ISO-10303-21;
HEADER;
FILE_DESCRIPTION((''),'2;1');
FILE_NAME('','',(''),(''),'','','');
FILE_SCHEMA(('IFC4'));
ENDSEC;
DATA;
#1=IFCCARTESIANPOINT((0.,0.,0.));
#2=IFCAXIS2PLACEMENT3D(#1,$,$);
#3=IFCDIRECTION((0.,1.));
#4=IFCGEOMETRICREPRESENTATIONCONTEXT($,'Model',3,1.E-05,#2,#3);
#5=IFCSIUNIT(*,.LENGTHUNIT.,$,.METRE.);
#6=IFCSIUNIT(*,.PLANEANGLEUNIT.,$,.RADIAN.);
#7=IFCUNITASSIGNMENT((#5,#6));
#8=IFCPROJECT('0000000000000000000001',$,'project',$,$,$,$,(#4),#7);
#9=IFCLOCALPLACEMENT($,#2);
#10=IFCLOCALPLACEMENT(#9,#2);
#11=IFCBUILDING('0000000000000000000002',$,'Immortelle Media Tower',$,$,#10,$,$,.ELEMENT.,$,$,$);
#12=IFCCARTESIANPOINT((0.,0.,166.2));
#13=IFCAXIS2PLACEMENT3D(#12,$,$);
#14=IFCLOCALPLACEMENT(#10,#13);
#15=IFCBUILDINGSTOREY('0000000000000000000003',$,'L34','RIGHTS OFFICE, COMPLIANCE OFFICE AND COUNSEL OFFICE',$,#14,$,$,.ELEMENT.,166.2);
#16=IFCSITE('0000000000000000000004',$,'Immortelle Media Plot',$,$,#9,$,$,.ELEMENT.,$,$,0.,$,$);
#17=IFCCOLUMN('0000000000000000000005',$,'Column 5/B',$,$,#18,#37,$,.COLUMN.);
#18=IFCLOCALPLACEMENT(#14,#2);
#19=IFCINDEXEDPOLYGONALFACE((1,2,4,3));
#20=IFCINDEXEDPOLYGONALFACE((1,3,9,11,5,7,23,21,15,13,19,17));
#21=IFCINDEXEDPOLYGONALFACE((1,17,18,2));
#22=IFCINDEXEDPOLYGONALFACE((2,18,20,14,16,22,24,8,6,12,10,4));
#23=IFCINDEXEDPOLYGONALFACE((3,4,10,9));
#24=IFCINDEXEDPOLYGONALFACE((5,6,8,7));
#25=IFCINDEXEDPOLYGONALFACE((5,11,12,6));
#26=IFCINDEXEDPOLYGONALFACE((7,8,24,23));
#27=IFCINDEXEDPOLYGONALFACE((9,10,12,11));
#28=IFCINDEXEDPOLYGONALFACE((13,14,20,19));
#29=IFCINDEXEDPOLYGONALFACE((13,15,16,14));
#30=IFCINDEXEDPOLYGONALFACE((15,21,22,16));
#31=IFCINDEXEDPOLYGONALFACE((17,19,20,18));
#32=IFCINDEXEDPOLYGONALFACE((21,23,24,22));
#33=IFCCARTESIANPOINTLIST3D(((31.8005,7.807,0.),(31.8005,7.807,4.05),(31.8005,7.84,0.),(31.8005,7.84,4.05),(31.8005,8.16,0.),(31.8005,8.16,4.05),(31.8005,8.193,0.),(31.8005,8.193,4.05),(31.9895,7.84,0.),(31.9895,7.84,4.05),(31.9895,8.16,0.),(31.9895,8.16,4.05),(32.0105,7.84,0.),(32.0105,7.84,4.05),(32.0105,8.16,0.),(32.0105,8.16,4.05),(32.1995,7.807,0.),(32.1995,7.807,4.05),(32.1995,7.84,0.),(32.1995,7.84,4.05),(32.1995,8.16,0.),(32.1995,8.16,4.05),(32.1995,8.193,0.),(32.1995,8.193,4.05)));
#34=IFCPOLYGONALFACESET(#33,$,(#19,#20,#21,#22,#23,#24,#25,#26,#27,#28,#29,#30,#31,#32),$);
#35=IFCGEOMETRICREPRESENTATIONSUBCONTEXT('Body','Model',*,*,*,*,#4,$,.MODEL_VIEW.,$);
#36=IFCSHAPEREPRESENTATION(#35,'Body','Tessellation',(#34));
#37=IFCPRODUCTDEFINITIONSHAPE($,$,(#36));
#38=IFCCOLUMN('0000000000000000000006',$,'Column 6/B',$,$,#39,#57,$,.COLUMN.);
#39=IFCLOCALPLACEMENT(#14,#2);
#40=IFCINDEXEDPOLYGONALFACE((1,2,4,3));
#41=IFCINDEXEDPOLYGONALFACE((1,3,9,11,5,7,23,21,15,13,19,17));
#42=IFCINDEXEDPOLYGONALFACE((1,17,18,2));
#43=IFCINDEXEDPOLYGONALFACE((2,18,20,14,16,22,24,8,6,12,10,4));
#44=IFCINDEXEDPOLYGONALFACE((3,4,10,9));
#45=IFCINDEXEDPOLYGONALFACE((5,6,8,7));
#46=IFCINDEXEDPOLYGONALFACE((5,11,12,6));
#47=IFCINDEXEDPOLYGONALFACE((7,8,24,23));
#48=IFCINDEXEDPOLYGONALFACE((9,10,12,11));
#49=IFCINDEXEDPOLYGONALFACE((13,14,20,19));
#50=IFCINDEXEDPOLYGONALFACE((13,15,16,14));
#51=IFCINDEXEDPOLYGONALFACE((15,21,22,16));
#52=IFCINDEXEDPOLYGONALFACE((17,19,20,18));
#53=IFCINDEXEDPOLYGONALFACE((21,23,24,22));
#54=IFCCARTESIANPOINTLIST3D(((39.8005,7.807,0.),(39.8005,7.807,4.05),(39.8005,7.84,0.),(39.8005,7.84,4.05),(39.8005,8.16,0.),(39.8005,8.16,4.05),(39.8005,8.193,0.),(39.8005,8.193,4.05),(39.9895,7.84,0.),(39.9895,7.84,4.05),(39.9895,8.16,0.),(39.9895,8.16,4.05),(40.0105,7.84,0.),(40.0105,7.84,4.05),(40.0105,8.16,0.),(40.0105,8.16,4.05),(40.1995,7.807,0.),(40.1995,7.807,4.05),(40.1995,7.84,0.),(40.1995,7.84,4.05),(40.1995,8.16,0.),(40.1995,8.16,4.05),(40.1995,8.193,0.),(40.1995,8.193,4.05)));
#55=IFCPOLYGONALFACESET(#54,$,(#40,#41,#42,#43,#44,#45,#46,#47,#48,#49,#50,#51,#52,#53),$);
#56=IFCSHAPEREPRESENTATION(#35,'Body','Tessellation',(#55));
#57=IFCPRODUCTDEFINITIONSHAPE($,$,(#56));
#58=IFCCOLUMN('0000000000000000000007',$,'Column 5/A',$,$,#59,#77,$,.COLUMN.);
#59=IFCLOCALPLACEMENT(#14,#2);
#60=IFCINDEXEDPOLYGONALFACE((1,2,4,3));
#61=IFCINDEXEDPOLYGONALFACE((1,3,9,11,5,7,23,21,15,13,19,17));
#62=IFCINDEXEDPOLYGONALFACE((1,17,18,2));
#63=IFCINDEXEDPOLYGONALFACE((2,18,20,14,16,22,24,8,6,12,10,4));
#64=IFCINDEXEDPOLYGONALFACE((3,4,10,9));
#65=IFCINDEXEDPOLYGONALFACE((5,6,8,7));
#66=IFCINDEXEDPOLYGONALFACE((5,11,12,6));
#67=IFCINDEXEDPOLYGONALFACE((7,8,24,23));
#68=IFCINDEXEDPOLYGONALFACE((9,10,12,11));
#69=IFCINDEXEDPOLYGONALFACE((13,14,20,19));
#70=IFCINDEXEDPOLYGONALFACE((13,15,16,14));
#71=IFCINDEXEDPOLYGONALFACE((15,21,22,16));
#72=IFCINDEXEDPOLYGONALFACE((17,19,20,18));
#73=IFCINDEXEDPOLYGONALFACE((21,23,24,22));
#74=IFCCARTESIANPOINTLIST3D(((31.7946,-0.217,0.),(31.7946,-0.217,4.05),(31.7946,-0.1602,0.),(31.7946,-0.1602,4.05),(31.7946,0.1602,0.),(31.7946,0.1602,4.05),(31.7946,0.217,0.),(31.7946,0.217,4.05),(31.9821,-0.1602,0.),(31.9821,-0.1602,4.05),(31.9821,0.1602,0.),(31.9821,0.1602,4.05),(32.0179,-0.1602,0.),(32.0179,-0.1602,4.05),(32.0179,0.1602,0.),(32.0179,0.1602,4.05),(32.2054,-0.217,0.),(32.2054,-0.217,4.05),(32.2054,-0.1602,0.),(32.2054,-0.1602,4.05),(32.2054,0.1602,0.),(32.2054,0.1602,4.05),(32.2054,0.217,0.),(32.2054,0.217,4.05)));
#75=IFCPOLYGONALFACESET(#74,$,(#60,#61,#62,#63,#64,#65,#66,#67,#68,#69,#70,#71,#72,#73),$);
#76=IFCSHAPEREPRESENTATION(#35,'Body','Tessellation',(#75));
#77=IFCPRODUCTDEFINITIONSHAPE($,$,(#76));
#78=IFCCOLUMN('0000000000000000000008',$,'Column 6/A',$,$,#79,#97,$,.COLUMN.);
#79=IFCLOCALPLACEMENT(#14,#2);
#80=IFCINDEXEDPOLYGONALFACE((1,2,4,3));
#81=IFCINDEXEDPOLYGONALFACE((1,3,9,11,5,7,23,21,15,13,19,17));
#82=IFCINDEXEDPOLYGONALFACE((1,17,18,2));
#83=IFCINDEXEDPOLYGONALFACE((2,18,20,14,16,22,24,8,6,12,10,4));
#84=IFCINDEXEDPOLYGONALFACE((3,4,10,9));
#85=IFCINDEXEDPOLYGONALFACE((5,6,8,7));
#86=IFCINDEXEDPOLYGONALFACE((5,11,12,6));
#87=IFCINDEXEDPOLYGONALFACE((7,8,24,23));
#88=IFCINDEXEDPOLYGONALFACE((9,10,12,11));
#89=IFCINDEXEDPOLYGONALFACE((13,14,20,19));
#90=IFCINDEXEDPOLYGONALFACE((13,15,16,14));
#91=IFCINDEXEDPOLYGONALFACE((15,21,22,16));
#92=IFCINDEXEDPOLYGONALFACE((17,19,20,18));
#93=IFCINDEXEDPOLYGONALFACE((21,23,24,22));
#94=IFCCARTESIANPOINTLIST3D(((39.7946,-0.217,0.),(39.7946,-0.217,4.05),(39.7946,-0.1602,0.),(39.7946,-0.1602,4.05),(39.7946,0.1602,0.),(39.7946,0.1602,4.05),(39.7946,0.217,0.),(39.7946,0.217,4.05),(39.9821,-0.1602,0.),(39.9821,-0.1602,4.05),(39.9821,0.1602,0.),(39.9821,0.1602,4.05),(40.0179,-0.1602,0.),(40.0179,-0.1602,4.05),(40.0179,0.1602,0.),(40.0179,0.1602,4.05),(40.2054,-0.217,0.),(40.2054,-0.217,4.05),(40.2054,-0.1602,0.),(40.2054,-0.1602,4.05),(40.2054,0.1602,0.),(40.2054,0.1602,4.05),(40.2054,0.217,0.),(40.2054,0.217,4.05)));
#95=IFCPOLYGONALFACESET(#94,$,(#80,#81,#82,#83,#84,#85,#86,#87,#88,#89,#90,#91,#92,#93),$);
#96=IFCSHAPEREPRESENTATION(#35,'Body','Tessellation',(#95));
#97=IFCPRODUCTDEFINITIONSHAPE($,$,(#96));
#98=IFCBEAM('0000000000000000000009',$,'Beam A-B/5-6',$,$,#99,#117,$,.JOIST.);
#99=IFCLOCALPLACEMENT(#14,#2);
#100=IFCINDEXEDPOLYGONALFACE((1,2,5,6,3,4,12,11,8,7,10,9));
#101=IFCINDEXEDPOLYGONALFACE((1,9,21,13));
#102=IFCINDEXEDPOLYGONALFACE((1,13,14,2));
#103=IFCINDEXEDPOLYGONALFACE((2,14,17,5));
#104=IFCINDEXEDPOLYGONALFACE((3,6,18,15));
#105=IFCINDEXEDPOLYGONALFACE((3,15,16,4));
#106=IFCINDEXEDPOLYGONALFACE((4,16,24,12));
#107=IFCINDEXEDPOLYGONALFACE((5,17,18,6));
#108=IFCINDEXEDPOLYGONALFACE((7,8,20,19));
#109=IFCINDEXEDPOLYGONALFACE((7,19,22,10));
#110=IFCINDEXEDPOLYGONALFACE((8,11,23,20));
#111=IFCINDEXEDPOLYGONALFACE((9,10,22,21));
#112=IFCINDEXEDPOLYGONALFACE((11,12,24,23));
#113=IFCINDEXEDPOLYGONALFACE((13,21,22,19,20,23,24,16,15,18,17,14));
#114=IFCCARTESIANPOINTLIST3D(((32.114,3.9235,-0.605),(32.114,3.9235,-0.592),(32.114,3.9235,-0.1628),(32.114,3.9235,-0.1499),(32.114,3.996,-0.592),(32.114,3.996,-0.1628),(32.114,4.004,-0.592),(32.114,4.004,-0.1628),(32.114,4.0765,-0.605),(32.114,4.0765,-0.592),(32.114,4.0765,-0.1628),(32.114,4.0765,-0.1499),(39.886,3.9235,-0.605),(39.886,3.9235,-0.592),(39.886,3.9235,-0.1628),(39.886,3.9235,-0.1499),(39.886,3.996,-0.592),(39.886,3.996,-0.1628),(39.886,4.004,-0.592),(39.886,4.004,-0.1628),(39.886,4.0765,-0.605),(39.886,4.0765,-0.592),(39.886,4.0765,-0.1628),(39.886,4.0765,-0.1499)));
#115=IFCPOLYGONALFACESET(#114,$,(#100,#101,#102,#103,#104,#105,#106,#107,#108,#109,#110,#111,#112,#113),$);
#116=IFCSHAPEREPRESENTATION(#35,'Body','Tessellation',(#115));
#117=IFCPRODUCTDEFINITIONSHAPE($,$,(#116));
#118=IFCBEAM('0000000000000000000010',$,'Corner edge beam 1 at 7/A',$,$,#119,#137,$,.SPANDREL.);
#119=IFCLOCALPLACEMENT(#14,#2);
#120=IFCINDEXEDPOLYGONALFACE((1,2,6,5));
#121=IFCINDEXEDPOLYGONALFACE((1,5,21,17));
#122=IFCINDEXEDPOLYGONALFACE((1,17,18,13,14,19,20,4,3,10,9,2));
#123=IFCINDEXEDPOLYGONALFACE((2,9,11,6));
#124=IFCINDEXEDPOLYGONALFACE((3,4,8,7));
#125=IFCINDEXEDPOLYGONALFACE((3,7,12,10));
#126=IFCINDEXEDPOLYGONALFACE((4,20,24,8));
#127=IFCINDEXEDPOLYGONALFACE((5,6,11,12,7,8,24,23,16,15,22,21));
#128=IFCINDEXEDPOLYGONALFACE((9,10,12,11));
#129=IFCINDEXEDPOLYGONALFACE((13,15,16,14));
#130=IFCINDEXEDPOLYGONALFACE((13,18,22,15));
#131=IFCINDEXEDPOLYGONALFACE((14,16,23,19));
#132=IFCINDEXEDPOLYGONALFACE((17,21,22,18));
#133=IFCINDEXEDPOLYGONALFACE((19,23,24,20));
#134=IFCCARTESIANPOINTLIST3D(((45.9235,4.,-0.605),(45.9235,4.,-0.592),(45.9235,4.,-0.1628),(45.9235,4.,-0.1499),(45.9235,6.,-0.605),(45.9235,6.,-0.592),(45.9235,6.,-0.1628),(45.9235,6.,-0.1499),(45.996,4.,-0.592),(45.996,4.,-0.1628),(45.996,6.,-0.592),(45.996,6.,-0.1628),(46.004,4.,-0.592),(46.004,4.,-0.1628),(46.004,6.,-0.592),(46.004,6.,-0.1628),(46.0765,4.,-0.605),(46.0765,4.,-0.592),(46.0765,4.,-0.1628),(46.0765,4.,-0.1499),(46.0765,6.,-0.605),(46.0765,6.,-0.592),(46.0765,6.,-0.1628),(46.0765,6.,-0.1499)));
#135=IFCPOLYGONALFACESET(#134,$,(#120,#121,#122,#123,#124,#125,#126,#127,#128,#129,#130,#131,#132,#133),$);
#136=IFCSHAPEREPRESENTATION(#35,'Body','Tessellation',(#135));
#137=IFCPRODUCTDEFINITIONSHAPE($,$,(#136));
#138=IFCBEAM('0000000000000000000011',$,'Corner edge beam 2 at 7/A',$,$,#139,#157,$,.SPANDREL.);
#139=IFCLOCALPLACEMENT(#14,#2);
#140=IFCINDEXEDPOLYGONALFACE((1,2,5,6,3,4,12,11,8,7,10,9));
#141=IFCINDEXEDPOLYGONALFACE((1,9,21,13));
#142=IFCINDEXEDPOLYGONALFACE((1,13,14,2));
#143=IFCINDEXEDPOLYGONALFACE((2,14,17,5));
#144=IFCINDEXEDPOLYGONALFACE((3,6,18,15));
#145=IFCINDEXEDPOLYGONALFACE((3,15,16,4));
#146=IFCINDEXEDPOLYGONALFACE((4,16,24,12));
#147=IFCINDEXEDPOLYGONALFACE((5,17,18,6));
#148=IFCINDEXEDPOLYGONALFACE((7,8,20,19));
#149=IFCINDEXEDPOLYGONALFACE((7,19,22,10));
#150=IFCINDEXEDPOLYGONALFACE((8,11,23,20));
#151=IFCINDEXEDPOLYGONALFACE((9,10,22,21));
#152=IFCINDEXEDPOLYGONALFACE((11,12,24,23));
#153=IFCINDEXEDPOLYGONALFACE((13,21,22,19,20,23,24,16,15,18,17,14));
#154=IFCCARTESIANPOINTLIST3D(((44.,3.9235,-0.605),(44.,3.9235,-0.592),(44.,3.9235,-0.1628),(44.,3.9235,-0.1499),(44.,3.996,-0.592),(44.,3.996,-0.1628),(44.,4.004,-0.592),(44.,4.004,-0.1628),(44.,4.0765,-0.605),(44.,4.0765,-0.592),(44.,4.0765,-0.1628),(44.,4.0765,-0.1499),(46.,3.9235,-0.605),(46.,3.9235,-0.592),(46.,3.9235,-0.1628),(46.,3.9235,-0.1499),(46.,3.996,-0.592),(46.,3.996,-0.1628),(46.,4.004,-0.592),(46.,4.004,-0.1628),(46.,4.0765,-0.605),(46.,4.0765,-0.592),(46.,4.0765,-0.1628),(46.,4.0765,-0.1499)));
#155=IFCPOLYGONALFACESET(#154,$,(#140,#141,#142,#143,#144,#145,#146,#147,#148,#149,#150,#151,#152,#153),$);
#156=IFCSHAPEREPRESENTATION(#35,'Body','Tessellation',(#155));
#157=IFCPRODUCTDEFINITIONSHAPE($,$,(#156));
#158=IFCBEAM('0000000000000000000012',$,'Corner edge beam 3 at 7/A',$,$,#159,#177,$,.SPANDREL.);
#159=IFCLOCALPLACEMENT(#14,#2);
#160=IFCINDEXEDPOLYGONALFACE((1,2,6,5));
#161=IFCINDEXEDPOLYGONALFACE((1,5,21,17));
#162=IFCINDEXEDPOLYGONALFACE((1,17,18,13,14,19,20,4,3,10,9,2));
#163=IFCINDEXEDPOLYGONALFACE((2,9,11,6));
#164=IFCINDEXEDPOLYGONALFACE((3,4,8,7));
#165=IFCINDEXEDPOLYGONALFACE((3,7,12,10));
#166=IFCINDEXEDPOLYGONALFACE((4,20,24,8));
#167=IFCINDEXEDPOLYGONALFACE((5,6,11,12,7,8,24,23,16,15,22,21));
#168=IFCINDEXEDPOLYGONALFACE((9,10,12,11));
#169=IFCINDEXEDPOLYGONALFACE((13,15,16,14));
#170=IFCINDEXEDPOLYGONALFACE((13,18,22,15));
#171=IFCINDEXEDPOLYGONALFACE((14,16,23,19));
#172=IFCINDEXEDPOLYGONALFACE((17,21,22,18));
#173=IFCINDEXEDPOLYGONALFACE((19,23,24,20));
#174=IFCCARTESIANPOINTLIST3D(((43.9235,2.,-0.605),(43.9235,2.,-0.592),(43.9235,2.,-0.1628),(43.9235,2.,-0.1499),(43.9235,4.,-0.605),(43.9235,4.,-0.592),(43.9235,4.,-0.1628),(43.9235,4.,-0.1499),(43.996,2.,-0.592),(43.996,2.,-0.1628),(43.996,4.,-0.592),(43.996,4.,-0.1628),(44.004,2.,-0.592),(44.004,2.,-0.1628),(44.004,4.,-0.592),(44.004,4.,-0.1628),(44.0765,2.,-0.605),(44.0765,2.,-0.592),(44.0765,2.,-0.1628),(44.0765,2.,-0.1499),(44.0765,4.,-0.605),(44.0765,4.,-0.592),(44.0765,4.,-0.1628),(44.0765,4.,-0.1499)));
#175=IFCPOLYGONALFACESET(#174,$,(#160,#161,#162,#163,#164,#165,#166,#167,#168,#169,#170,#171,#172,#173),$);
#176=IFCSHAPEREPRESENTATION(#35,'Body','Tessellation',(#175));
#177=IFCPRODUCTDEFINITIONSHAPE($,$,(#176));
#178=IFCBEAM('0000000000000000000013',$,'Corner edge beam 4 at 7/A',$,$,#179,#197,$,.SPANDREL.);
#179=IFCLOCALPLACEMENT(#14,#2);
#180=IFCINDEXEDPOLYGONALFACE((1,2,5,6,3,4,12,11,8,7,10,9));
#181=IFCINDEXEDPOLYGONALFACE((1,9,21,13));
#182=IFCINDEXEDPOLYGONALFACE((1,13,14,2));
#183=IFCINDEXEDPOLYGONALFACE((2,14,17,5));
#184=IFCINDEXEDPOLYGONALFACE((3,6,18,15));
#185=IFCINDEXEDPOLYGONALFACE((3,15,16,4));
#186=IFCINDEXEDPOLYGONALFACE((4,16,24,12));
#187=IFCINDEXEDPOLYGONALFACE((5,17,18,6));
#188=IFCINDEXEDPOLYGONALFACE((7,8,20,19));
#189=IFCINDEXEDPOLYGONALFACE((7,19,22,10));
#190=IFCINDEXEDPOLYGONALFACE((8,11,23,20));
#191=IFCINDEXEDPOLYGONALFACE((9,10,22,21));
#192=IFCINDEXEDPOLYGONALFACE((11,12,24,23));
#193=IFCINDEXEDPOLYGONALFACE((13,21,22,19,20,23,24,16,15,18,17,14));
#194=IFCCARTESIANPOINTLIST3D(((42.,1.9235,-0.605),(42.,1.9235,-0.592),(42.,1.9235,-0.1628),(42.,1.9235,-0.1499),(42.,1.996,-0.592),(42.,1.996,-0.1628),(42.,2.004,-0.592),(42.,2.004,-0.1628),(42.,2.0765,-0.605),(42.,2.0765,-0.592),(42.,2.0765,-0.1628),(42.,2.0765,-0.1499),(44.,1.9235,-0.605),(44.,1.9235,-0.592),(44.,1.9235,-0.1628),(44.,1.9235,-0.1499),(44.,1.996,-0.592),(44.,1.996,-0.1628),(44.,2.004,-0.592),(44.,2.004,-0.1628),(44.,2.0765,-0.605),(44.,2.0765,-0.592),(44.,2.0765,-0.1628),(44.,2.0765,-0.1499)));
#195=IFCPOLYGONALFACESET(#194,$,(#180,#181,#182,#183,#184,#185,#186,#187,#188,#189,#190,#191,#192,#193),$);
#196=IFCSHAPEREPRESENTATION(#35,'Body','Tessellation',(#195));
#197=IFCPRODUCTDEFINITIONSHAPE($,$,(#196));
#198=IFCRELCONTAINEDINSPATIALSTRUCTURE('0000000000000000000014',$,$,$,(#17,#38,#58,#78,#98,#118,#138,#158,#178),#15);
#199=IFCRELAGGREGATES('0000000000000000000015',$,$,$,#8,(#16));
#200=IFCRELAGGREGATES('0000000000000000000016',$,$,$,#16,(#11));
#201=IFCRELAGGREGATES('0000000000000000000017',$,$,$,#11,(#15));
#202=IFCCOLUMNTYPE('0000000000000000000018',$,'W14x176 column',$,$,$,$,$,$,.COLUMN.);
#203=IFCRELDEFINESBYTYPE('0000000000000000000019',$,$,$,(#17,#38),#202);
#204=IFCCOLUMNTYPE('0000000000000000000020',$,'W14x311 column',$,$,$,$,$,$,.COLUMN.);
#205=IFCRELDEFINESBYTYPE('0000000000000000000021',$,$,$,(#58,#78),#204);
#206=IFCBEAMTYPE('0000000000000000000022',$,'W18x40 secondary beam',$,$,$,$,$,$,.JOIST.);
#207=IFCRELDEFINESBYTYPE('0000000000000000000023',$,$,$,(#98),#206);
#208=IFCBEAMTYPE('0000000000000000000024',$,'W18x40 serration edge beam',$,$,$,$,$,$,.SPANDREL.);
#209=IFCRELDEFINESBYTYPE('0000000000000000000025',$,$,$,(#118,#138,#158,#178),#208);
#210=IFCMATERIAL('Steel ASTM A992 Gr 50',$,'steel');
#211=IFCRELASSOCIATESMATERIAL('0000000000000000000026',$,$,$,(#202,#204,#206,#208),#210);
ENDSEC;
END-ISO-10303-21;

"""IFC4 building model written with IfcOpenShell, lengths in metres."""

from ifc_helpers import new_model, si_unit, direction, frame, origin, origin_2d, place, context, subcontext, project, spatial, i_section, extrude, material, material_profile, profile_set, type_object, element, save


model = new_model("IFC4")

# Units and contexts
model_context = context("Model", 3, precision=1e-05, world=origin(), true_north=direction((0.0, 1.0)))
body_context = subcontext(model_context, "Body", "Model", "MODEL_VIEW")
ifc_project = project(units=[si_unit("LENGTHUNIT", "METRE"), si_unit("PLANEANGLEUNIT", "RADIAN")], contexts=[model_context])

# Site, building, storey
site_placement = place(None, origin())
site = spatial("IfcSite", under=ifc_project, at=site_placement, Name="Immortelle Media Plot", CompositionType="ELEMENT", RefElevation=0.0)
building_placement = place(site_placement, origin())
building = spatial("IfcBuilding", under=site, at=building_placement, Name="Immortelle Media Tower", CompositionType="ELEMENT")
storey_placement = place(building_placement, frame((0.0, 0.0, 166.2)))
storey = spatial("IfcBuildingStorey", under=building, at=storey_placement, Name="L34", Description="RIGHTS OFFICE, COMPLIANCE OFFICE AND COUNSEL OFFICE", CompositionType="ELEMENT", Elevation=166.2)

# Columns
ifc_material_1 = material(Name="Steel ASTM A992 Gr 50", Category="steel")
ifc_material_profile_1 = material_profile(ifc_material_1, i_section(OverallWidth=0.3989, OverallDepth=0.386, WebThickness=0.021, FlangeThickness=0.033, at=origin_2d()), Name="W14x176")
ifc_profile_set_1 = profile_set([ifc_material_profile_1], Name="Steel ASTM A992 Gr 50")
column_type_1 = type_object("IfcColumnType", Name="W14x176 column", PredefinedType="COLUMN", material=ifc_profile_set_1)
for number, where, z_axis, x_axis, name in (
    (1, (32.0, 8.0, 0.0), (0.0, 0.0, 1.0), (1.0, 0.0, 0.0), "Column 5/B"),
    (2, (40.0, 8.0, 0.0), (0.0, 0.0, 1.0), (1.0, 0.0, 0.0), "Column 6/B"),
):
    element("IfcColumn", number, at=place(storey_placement, frame(where, z_axis=z_axis, x_axis=x_axis)), inside=storey, type_object=column_type_1, Name=name, PredefinedType="COLUMN", context=body_context, shape_type="SweptSolid", body=[
        extrude(i_section(OverallWidth=0.3989, OverallDepth=0.386, WebThickness=0.021, FlangeThickness=0.033, at=origin_2d()), origin(), (0.0, 0.0, 1.0), 4.05),
    ])
ifc_material_profile_2 = material_profile(ifc_material_1, i_section(OverallWidth=0.4109, OverallDepth=0.4341, WebThickness=0.0359, FlangeThickness=0.0569, at=origin_2d()), Name="W14x311")
ifc_profile_set_2 = profile_set([ifc_material_profile_2], Name="Steel ASTM A992 Gr 50")
column_type_2 = type_object("IfcColumnType", Name="W14x311 column", PredefinedType="COLUMN", material=ifc_profile_set_2)
for number, where, z_axis, x_axis, name in (
    (3, (32.0, 0.0, 0.0), (0.0, 0.0, 1.0), (1.0, 0.0, 0.0), "Column 5/A"),
    (4, (40.0, 0.0, 0.0), (0.0, 0.0, 1.0), (1.0, 0.0, 0.0), "Column 6/A"),
):
    element("IfcColumn", number, at=place(storey_placement, frame(where, z_axis=z_axis, x_axis=x_axis)), inside=storey, type_object=column_type_2, Name=name, PredefinedType="COLUMN", context=body_context, shape_type="SweptSolid", body=[
        extrude(i_section(OverallWidth=0.4109, OverallDepth=0.4341, WebThickness=0.0359, FlangeThickness=0.0569, at=origin_2d()), origin(), (0.0, 0.0, 1.0), 4.05),
    ])

# Beams
ifc_material_profile_3 = material_profile(ifc_material_1, i_section(OverallWidth=0.1531, OverallDepth=0.4551, WebThickness=0.0081, FlangeThickness=0.0129, at=origin_2d()), Name="W18x40")
ifc_profile_set_3 = profile_set([ifc_material_profile_3], Name="Steel ASTM A992 Gr 50")
beam_type_1 = type_object("IfcBeamType", Name="W18x40 secondary beam", PredefinedType="JOIST", material=ifc_profile_set_3)
beam_1_placement = place(storey_placement, frame((32.114, 4.0, -0.3774), z_axis=(1.0, 0.0, 0.0), x_axis=(0.0, 1.0, 0.0)))
element("IfcBeam", 5, at=beam_1_placement, inside=storey, type_object=beam_type_1, Name="Beam A-B/5-6", PredefinedType="JOIST", context=body_context, shape_type="SweptSolid", body=[
    extrude(i_section(OverallWidth=0.1531, OverallDepth=0.4551, WebThickness=0.0081, FlangeThickness=0.0129, at=origin_2d()), origin(), (0.0, 0.0, 1.0), 7.772),
])
ifc_material_profile_4 = material_profile(ifc_material_1, i_section(OverallWidth=0.1531, OverallDepth=0.4551, WebThickness=0.0081, FlangeThickness=0.0129, at=origin_2d()), Name="W18x40")
ifc_profile_set_4 = profile_set([ifc_material_profile_4], Name="Steel ASTM A992 Gr 50")
beam_type_2 = type_object("IfcBeamType", Name="W18x40 serration edge beam", PredefinedType="SPANDREL", material=ifc_profile_set_4)
for number, where, z_axis, x_axis, name in (
    (6, (46.0, 6.0, -0.3774), (0.0, -1.0, 0.0), (1.0, 0.0, 0.0), "Corner edge beam 1 at 7/A"),
    (7, (46.0, 4.0, -0.3774), (-1.0, 0.0, 0.0), (0.0, -1.0, 0.0), "Corner edge beam 2 at 7/A"),
    (8, (44.0, 4.0, -0.3774), (0.0, -1.0, 0.0), (1.0, 0.0, 0.0), "Corner edge beam 3 at 7/A"),
    (9, (44.0, 2.0, -0.3774), (-1.0, 0.0, 0.0), (0.0, -1.0, 0.0), "Corner edge beam 4 at 7/A"),
):
    element("IfcBeam", number, at=place(storey_placement, frame(where, z_axis=z_axis, x_axis=x_axis)), inside=storey, type_object=beam_type_2, Name=name, PredefinedType="SPANDREL", context=body_context, shape_type="SweptSolid", body=[
        extrude(i_section(OverallWidth=0.1531, OverallDepth=0.4551, WebThickness=0.0081, FlangeThickness=0.0129, at=origin_2d()), origin(), (0.0, 0.0, 1.0), 2.0),
    ])

save(model, "model.ifc")
